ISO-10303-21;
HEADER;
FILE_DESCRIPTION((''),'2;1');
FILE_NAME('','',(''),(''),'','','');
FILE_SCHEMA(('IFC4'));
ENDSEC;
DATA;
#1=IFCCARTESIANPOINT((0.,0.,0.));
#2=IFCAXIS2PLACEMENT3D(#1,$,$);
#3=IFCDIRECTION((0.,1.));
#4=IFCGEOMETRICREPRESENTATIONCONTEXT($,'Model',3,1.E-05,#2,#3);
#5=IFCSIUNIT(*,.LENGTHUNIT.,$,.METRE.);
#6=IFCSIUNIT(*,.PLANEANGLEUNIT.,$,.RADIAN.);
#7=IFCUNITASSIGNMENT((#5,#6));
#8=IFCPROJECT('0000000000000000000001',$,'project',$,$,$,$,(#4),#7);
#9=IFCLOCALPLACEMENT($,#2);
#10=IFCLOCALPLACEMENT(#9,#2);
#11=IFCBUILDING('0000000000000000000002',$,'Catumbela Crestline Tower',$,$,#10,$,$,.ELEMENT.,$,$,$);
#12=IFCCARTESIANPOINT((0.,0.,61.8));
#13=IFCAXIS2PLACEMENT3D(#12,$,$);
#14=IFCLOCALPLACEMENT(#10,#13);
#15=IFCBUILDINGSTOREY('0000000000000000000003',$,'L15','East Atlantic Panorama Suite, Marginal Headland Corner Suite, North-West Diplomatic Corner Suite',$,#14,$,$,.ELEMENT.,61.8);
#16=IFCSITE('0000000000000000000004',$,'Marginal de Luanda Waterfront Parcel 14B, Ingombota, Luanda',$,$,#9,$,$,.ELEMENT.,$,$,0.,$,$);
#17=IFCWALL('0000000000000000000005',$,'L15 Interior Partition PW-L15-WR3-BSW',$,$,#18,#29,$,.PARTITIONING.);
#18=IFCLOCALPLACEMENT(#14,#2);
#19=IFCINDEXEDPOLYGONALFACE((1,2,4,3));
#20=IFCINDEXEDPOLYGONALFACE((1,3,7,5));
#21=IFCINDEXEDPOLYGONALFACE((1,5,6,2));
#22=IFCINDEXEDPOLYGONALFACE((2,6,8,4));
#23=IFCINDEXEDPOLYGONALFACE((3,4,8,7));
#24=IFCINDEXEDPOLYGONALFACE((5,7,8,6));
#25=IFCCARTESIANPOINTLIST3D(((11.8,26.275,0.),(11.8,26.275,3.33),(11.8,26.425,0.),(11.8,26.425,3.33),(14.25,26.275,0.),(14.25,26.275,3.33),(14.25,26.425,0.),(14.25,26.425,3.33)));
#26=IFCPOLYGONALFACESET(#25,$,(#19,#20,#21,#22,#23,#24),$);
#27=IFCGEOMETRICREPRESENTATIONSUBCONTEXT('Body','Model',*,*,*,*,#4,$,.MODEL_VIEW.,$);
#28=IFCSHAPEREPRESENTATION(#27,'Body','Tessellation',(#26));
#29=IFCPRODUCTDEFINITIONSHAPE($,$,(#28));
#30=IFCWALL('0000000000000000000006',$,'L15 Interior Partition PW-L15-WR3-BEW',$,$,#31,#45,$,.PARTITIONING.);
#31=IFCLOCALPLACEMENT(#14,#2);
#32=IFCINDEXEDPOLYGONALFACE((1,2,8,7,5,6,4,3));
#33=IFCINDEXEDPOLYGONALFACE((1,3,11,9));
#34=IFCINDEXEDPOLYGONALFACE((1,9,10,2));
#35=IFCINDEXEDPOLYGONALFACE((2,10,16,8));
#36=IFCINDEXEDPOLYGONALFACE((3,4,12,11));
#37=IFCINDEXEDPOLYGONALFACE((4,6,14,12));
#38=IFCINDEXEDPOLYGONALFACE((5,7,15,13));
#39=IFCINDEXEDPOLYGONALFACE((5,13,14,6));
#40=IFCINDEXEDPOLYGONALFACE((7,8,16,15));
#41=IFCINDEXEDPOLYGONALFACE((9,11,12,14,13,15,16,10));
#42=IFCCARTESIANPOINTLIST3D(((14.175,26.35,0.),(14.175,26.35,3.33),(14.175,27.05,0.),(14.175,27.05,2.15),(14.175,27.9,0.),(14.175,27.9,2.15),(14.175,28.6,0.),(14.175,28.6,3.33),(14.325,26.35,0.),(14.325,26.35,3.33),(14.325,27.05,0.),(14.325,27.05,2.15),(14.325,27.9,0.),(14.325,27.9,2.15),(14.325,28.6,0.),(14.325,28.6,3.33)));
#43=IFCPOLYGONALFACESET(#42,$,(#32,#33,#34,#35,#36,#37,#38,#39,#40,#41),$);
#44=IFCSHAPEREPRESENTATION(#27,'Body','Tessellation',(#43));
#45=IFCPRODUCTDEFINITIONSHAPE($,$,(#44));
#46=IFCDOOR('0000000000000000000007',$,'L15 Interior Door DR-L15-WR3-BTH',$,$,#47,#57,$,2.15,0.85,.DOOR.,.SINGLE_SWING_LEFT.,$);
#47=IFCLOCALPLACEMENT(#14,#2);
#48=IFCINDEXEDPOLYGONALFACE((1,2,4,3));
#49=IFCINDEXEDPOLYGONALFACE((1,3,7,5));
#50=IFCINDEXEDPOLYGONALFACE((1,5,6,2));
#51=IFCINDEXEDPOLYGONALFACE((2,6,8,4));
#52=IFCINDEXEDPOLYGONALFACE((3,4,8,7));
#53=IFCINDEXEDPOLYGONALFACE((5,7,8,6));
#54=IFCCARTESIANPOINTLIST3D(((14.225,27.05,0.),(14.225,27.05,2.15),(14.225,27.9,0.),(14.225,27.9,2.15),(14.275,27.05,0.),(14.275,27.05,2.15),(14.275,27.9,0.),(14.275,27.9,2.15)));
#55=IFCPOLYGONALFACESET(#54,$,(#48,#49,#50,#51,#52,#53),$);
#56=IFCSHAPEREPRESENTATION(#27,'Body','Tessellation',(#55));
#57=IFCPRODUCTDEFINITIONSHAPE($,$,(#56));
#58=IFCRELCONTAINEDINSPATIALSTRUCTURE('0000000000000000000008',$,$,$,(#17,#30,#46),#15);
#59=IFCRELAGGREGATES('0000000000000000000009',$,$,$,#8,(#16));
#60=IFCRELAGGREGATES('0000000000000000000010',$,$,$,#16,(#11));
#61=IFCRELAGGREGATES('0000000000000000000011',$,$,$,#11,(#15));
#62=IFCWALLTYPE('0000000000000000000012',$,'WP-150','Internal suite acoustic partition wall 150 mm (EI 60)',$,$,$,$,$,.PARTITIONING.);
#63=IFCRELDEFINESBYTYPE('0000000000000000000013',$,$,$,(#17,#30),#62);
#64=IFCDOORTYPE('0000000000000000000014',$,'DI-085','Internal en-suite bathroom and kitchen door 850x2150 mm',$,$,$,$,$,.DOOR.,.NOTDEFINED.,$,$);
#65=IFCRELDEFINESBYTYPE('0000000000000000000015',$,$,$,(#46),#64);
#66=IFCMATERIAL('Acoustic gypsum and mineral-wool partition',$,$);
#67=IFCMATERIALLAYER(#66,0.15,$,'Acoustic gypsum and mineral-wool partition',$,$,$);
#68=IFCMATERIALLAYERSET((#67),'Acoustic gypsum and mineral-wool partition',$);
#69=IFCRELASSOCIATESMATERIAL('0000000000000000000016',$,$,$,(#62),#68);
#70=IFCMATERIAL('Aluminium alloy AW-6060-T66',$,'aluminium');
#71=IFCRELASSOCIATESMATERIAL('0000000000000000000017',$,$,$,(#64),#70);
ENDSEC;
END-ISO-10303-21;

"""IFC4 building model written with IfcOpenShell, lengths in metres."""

from ifc_helpers import new_model, si_unit, direction, frame, frame_2d, origin, place, context, subcontext, project, spatial, rectangle, extrude, material, layer, layer_set, type_object, element, fill, save


model = new_model("IFC4")

# Units and contexts
model_context = context("Model", 3, precision=1e-05, world=origin(), true_north=direction((0.0, 1.0)))
body_context = subcontext(model_context, "Body", "Model", "MODEL_VIEW")
ifc_project = project(units=[si_unit("LENGTHUNIT", "METRE"), si_unit("PLANEANGLEUNIT", "RADIAN")], contexts=[model_context])

# Site, building, storey
site_placement = place(None, origin())
site = spatial("IfcSite", under=ifc_project, at=site_placement, Name="Marginal de Luanda Waterfront Parcel 14B, Ingombota, Luanda", CompositionType="ELEMENT", RefElevation=0.0)
building_placement = place(site_placement, origin())
building = spatial("IfcBuilding", under=site, at=building_placement, Name="Catumbela Crestline Tower", CompositionType="ELEMENT")
storey_placement = place(building_placement, frame((0.0, 0.0, 61.8)))
storey = spatial("IfcBuildingStorey", under=building, at=storey_placement, Name="L15", Description="East Atlantic Panorama Suite, Marginal Headland Corner Suite, North-West Diplomatic Corner Suite", CompositionType="ELEMENT", Elevation=61.8)

# Shared definitions
ifc_material_1 = material(Name="Acoustic gypsum and mineral-wool partition")
ifc_material_2 = material(Name="Aluminium alloy AW-6060-T66", Category="aluminium")

# Wall
ifc_layer_1 = layer(ifc_material_1, 0.15, Name="Acoustic gypsum and mineral-wool partition")
ifc_layer_set_1 = layer_set([ifc_layer_1], Name="Acoustic gypsum and mineral-wool partition")
wall_type_1 = type_object("IfcWallType", Name="WP-150", Description="Internal suite acoustic partition wall 150 mm (EI 60)", PredefinedType="PARTITIONING", material=ifc_layer_set_1)
wall_1_placement = place(storey_placement, frame((11.8, 26.35, 0.0), z_axis=(0.0, 0.0, 1.0), x_axis=(1.0, 0.0, 0.0)))
element("IfcWall", 1, at=wall_1_placement, inside=storey, type_object=wall_type_1, Name="L15 Interior Partition PW-L15-WR3-BSW", PredefinedType="PARTITIONING", context=body_context, shape_type="SweptSolid", body=[
    extrude(rectangle(XDim=2.45, YDim=0.15, at=frame_2d((1.225, 0.0))), origin(), (0.0, 0.0, 1.0), 3.33),
])

# Wall, opening, door
wall_2_placement = place(storey_placement, frame((14.25, 26.35, 0.0), z_axis=(0.0, 0.0, 1.0), x_axis=(0.0, 1.0, 0.0)))
wall_2 = element("IfcWall", 2, at=wall_2_placement, inside=storey, type_object=wall_type_1, Name="L15 Interior Partition PW-L15-WR3-BEW", PredefinedType="PARTITIONING", context=body_context, shape_type="SweptSolid", body=[
    extrude(rectangle(XDim=2.25, YDim=0.15, at=frame_2d((1.125, 0.0))), origin(), (0.0, 0.0, 1.0), 3.33),
])
opening_1_placement = place(wall_2_placement, frame((0.7, 0.0, 0.0)))
opening_1 = element("IfcOpeningElement", 3, at=opening_1_placement, cuts=wall_2, PredefinedType="OPENING", context=body_context, shape_type="SweptSolid", body=[
    extrude(rectangle(XDim=0.85, YDim=2.15, at=frame_2d((0.425, 1.075))), frame((0.0, 0.085, 0.0), z_axis=(0.0, -1.0, 0.0), x_axis=(1.0, 0.0, 0.0)), (0.0, 0.0, 1.0), 0.17),
])
door_type_1 = type_object("IfcDoorType", Name="DI-085", Description="Internal en-suite bathroom and kitchen door 850x2150 mm", OperationType="NOTDEFINED", PredefinedType="DOOR", material=ifc_material_2)
door_1_placement = place(opening_1_placement, origin())
door_1 = element("IfcDoor", 4, at=door_1_placement, inside=storey, type_object=door_type_1, Name="L15 Interior Door DR-L15-WR3-BTH", OperationType="SINGLE_SWING_LEFT", OverallHeight=2.15, OverallWidth=0.85, PredefinedType="DOOR", context=body_context, shape_type="SweptSolid", body=[
    extrude(rectangle(XDim=0.85, YDim=2.15, at=frame_2d((0.425, 1.075))), frame((0.0, 0.025, 0.0), z_axis=(0.0, -1.0, 0.0), x_axis=(1.0, 0.0, 0.0)), (0.0, 0.0, 1.0), 0.05),
])
fill(opening_1, door_1)

save(model, "model.ifc")
